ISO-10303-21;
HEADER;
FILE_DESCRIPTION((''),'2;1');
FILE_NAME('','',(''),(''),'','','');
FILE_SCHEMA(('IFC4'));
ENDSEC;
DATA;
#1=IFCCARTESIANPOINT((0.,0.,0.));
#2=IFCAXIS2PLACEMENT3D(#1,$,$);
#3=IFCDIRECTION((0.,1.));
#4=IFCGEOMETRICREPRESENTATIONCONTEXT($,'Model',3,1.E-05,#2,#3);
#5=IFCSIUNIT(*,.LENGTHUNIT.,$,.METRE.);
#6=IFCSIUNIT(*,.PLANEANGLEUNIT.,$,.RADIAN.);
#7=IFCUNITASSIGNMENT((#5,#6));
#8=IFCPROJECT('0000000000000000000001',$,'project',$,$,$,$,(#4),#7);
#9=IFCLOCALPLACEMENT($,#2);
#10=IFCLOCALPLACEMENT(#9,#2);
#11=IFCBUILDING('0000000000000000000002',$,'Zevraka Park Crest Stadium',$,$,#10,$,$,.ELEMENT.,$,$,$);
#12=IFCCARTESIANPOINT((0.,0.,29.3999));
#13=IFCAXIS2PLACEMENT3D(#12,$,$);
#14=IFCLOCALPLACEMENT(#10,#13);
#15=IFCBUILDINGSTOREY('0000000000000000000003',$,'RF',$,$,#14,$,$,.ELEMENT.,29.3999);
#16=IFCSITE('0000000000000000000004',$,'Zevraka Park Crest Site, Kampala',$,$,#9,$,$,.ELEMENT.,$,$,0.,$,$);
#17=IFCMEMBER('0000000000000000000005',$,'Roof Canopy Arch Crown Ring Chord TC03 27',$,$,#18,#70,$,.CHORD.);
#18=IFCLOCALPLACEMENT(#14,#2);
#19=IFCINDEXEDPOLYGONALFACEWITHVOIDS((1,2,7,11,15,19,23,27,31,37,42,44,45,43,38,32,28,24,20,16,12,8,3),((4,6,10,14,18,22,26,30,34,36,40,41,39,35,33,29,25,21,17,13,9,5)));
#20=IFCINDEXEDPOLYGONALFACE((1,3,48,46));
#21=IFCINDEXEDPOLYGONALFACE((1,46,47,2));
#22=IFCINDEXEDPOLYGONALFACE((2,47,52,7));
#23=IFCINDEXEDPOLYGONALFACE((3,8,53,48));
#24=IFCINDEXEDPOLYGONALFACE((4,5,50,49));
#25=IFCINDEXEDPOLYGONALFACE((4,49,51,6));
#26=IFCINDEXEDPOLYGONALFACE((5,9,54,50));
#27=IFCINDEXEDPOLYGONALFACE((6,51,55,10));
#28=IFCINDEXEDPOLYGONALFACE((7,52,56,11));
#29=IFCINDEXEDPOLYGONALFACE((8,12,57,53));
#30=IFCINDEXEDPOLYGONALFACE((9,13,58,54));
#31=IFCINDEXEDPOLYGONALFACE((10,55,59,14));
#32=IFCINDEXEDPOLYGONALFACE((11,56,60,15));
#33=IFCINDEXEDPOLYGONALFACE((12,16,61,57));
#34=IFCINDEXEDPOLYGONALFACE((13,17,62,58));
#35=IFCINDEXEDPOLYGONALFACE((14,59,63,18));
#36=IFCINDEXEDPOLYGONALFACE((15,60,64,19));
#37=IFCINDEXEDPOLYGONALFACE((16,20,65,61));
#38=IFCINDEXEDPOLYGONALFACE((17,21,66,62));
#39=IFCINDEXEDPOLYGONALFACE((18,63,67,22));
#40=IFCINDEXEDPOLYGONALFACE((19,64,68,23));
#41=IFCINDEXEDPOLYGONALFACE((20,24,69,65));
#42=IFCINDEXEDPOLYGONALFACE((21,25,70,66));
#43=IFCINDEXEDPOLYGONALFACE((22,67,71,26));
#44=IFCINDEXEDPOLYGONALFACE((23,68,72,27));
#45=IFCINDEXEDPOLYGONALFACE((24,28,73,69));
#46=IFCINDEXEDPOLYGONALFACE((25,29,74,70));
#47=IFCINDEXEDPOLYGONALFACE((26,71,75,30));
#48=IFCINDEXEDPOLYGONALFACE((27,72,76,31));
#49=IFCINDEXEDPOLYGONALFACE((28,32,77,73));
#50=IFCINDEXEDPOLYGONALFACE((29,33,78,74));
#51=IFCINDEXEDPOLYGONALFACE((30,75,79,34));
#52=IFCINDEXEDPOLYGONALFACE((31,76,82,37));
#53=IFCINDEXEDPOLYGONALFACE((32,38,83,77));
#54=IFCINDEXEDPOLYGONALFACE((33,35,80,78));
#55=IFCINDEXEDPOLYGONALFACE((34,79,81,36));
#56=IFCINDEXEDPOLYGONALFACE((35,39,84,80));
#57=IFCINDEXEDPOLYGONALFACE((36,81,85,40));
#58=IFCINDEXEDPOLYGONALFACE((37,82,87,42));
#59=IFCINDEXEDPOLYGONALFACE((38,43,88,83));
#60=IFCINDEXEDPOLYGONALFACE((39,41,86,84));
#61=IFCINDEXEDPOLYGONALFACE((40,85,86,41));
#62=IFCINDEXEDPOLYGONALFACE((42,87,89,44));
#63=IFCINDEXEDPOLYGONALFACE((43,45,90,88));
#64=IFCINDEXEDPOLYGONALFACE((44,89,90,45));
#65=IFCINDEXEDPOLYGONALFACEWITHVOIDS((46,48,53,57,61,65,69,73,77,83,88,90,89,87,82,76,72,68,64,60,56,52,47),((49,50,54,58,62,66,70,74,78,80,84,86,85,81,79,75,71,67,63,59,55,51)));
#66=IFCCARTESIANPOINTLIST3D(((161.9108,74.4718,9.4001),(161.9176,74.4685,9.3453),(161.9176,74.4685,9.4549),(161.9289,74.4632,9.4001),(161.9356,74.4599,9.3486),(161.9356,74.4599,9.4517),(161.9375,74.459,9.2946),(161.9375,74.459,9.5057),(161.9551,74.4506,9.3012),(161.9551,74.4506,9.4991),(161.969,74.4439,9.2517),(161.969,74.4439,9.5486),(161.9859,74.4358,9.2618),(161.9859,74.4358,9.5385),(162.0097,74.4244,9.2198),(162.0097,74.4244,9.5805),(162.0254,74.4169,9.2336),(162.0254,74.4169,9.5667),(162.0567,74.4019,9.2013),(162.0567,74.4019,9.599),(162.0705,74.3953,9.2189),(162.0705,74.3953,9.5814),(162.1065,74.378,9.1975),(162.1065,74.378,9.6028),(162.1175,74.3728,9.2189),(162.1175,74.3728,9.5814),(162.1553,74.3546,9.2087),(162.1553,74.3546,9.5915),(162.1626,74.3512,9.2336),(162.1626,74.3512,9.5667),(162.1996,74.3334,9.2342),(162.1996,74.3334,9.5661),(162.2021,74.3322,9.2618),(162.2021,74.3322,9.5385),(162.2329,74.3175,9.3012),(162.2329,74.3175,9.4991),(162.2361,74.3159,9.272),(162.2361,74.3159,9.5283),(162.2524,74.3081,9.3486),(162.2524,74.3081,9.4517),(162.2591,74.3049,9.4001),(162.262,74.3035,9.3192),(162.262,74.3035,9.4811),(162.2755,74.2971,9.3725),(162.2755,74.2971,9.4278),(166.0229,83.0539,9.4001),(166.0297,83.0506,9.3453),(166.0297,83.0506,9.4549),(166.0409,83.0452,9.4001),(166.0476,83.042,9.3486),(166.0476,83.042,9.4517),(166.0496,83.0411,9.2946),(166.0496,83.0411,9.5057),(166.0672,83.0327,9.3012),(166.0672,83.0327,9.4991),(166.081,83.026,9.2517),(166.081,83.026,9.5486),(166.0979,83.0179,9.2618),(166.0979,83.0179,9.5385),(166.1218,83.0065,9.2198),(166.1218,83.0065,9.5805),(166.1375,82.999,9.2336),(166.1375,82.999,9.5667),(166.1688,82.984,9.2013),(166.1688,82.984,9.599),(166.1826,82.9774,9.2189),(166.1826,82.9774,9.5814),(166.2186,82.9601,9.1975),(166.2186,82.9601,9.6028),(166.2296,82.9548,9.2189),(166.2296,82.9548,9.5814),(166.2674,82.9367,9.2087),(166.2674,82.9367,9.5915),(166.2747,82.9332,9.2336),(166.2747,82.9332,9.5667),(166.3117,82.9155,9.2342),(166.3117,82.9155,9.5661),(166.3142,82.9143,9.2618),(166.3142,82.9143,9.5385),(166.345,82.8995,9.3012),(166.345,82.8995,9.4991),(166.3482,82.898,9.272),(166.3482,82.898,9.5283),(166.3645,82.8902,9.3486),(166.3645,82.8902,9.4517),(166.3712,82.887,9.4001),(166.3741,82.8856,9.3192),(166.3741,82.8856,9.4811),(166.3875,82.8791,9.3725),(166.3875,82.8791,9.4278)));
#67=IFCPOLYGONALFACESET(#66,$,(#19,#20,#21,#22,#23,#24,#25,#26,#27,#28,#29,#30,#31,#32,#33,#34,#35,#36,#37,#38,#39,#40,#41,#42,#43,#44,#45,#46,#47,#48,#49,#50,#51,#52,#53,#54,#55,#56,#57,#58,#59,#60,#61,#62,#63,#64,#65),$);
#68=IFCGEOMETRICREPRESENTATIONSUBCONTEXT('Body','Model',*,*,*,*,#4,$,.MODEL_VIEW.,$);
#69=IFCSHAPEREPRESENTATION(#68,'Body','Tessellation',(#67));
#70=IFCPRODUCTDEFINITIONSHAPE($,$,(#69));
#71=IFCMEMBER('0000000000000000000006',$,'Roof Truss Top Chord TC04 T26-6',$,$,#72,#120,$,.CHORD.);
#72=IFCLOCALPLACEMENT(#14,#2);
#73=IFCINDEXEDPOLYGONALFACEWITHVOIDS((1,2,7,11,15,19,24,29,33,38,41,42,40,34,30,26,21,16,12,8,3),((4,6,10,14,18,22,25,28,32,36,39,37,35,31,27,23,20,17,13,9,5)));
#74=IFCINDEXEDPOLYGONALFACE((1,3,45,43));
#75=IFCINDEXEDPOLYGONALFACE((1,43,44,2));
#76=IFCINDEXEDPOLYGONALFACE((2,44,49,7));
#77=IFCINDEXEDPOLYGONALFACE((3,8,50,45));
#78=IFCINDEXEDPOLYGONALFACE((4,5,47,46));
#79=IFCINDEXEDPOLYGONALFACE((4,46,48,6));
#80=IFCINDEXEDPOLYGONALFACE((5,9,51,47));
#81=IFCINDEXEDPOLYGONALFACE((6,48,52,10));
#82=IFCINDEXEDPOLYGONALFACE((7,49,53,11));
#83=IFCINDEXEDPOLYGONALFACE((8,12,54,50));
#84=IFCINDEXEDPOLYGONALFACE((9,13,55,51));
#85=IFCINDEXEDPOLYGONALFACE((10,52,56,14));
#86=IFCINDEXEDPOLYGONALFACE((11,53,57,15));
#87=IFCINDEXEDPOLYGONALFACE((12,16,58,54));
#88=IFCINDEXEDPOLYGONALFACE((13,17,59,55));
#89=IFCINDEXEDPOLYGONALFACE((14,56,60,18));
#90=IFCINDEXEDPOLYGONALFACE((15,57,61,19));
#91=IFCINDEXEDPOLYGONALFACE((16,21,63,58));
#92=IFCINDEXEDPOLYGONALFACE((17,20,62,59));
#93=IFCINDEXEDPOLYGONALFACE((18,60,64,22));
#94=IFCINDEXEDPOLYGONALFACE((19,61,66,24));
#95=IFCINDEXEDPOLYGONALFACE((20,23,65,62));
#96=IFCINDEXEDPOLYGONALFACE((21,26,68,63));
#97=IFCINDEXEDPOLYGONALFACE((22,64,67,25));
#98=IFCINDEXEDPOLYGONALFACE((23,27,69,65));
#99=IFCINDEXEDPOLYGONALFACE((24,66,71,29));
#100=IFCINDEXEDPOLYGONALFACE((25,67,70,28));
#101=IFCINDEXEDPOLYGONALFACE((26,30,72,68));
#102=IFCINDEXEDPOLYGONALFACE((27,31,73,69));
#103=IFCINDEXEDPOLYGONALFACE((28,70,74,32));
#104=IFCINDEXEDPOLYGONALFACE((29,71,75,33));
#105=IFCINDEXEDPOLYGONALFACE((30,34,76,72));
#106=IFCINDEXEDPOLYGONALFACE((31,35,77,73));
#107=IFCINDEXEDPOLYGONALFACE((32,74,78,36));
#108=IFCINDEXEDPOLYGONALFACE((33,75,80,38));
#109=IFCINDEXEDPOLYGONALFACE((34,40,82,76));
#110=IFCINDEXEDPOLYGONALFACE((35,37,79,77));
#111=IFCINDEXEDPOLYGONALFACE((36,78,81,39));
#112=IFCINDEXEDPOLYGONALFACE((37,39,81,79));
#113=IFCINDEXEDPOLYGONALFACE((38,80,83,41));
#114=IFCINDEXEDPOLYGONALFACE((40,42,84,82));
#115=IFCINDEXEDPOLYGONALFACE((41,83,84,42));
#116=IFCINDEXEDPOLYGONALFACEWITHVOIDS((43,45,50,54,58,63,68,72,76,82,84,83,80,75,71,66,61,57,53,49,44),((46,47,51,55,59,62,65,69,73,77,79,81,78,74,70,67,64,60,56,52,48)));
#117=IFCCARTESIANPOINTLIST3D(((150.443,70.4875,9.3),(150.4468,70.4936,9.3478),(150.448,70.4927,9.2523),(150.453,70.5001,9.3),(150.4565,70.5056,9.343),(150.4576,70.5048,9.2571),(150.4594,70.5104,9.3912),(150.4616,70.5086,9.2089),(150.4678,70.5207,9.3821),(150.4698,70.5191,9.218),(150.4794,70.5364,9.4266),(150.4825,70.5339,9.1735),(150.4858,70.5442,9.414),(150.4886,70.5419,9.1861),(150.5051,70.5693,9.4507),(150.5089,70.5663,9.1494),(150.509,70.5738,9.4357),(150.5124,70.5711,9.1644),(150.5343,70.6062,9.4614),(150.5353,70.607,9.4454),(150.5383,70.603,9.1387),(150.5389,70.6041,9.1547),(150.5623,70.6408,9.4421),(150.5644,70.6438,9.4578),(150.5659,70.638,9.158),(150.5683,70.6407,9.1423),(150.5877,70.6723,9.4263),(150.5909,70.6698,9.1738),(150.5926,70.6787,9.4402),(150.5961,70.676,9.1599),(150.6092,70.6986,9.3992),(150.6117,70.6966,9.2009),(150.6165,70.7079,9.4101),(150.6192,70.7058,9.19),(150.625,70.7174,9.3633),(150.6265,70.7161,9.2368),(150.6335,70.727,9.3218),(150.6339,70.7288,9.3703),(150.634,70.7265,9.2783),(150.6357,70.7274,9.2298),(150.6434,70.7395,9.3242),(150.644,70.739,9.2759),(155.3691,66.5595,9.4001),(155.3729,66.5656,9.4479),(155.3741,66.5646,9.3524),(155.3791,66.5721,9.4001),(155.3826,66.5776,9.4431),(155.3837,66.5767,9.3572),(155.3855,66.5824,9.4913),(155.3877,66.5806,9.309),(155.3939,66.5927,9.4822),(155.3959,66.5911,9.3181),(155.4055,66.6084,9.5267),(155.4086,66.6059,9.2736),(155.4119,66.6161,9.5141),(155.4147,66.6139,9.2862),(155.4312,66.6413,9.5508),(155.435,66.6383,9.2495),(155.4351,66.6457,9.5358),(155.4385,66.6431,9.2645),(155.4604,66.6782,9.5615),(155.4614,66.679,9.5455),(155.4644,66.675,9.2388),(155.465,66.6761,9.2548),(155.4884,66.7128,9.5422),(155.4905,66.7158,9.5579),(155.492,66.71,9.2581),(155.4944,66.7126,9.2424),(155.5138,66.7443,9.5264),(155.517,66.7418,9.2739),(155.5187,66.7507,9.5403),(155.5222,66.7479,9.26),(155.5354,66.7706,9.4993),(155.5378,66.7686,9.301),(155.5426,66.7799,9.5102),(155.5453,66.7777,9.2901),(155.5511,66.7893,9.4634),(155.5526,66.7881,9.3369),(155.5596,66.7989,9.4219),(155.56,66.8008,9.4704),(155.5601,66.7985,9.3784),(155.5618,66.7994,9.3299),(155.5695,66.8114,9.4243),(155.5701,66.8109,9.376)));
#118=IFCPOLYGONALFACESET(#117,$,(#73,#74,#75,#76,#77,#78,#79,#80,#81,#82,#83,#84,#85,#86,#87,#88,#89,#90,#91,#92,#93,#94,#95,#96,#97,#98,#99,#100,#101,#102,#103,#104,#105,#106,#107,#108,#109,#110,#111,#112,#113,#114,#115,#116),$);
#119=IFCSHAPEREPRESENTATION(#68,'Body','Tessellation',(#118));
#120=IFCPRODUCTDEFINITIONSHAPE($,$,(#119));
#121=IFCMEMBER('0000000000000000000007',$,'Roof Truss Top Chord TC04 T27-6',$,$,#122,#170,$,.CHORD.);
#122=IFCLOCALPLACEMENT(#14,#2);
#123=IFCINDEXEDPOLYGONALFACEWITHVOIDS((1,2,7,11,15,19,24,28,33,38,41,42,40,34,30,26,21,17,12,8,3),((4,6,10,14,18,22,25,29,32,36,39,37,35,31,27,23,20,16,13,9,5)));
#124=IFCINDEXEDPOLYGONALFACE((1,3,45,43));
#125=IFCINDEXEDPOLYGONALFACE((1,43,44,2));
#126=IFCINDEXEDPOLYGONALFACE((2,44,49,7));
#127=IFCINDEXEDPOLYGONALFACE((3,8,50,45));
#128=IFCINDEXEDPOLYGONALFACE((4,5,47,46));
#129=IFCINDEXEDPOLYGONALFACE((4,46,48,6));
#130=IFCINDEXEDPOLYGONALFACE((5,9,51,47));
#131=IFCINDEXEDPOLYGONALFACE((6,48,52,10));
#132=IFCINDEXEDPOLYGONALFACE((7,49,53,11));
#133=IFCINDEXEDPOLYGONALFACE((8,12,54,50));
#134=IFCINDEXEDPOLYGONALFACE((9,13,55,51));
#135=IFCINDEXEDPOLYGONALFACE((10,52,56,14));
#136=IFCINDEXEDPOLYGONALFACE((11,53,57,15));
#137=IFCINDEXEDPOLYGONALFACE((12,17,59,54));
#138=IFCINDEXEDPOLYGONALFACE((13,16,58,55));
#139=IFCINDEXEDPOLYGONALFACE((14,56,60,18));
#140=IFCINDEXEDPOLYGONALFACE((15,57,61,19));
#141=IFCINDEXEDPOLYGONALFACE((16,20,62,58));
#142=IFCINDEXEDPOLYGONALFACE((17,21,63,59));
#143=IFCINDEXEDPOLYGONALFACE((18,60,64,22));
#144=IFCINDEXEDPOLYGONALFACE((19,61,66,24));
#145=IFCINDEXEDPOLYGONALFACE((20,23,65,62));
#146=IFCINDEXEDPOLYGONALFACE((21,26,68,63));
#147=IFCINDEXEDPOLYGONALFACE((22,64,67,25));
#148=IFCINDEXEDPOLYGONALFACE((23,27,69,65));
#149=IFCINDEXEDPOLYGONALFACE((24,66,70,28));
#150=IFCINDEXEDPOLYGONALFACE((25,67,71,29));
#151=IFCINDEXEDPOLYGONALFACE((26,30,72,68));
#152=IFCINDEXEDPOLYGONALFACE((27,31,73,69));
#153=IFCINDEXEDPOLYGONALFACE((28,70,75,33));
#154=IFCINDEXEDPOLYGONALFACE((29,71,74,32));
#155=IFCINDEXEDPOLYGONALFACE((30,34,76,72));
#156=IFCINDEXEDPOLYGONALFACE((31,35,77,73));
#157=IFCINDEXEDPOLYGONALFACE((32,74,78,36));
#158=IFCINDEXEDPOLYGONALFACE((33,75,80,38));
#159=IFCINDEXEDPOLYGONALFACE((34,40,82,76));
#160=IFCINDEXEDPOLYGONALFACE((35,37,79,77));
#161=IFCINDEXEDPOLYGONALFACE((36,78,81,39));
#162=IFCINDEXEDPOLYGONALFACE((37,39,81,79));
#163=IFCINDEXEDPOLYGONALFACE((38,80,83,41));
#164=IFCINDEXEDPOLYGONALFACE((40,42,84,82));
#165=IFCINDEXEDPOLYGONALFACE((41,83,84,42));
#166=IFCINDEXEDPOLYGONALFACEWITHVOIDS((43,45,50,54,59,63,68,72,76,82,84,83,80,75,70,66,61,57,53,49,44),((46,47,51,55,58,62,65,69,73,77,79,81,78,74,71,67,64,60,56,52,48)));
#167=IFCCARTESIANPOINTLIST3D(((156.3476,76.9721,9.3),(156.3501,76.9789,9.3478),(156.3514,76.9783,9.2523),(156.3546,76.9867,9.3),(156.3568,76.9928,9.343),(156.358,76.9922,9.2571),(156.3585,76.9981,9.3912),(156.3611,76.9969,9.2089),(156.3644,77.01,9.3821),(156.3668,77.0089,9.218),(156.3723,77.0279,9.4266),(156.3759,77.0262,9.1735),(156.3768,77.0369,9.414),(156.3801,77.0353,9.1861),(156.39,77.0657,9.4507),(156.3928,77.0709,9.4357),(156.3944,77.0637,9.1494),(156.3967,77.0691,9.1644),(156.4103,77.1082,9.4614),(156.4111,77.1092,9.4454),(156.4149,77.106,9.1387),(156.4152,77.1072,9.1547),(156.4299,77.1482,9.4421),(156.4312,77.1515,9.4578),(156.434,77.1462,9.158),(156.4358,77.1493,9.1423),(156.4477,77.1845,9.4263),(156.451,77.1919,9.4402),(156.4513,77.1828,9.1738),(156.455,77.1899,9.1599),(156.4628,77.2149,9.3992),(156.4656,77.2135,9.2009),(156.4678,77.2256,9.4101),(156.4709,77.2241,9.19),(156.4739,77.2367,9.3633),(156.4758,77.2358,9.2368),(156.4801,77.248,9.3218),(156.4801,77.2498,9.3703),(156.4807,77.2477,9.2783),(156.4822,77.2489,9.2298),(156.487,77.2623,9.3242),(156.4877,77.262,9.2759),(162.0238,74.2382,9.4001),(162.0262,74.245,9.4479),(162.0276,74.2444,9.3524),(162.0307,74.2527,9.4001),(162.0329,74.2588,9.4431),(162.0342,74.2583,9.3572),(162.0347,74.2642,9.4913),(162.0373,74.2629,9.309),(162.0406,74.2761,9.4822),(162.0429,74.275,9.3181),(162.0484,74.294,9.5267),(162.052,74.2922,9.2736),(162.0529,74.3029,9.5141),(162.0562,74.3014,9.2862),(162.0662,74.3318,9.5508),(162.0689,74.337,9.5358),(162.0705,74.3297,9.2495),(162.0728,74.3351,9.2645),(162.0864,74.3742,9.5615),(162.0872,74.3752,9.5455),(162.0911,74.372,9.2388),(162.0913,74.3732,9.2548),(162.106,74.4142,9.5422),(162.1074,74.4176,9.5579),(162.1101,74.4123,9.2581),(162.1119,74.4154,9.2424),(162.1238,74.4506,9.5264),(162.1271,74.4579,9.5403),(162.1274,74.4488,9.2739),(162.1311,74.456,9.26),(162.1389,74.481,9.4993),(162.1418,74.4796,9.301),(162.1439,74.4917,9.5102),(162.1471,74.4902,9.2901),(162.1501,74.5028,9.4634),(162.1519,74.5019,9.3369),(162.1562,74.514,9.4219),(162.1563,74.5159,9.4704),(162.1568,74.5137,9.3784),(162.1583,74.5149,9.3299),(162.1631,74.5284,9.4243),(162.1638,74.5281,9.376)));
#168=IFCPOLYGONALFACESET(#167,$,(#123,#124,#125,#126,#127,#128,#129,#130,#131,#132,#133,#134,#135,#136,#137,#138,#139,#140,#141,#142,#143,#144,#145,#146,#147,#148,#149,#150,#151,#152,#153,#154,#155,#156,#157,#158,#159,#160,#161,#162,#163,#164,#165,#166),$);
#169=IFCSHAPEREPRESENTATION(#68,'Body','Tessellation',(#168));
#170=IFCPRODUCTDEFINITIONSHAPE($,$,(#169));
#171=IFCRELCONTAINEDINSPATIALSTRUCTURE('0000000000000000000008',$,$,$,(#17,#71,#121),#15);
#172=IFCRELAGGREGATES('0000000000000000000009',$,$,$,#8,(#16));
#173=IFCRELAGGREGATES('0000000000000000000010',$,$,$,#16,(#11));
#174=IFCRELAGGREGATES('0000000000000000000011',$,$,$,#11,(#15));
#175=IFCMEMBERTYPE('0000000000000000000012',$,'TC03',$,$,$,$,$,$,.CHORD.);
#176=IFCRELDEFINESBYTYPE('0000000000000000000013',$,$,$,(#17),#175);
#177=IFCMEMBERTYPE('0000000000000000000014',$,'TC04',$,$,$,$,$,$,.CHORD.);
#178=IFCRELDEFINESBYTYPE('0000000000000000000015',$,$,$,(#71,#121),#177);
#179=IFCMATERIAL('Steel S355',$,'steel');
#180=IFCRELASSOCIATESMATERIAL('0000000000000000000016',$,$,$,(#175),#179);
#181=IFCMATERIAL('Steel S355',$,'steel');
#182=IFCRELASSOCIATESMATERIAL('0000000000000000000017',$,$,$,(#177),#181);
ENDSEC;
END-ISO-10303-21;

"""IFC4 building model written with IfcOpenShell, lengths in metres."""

from ifc_helpers import new_model, si_unit, direction, frame, origin, origin_2d, place, context, subcontext, project, spatial, hollow_circle, extrude, material, material_profile, profile_set, type_object, element, save


model = new_model("IFC4")

# Units and contexts
model_context = context("Model", 3, precision=1e-05, world=origin(), true_north=direction((0.0, 1.0)))
body_context = subcontext(model_context, "Body", "Model", "MODEL_VIEW")
ifc_project = project(units=[si_unit("LENGTHUNIT", "METRE"), si_unit("PLANEANGLEUNIT", "RADIAN")], contexts=[model_context])

# Site, building, storey
site_placement = place(None, origin())
site = spatial("IfcSite", under=ifc_project, at=site_placement, Name="Zevraka Park Crest Site, Kampala", CompositionType="ELEMENT", RefElevation=0.0)
building_placement = place(site_placement, origin())
building = spatial("IfcBuilding", under=site, at=building_placement, Name="Zevraka Park Crest Stadium", CompositionType="ELEMENT")
storey_placement = place(building_placement, frame((0.0, 0.0, 29.3999)))
storey = spatial("IfcBuildingStorey", under=building, at=storey_placement, Name="RF", CompositionType="ELEMENT", Elevation=29.3999)

# Members
ifc_material_1 = material(Name="Steel S355", Category="steel")
ifc_material_profile_1 = material_profile(ifc_material_1, hollow_circle(Radius=0.2031, WallThickness=0.02, at=origin_2d()), Name="CHS 406.4x20")
ifc_profile_set_1 = profile_set([ifc_material_profile_1], Name="Steel S355")
member_type_1 = type_object("IfcMemberType", Name="TC03", PredefinedType="CHORD", material=ifc_profile_set_1)
member_1_placement = place(storey_placement, frame((162.094, 74.384, 9.4001), z_axis=(0.432106, 0.901823, 0.0), x_axis=(-0.901823, 0.432106, 0.0)))
element("IfcMember", 1, at=member_1_placement, inside=storey, type_object=member_type_1, Name="Roof Canopy Arch Crown Ring Chord TC03 27", PredefinedType="CHORD", context=body_context, shape_type="SweptSolid", body=[
    extrude(hollow_circle(Radius=0.2031, WallThickness=0.02, at=origin_2d()), origin(), (0.0, 0.0, 1.0), 9.5164),
])
ifc_material_2 = material(Name="Steel S355", Category="steel")
ifc_material_profile_2 = material_profile(ifc_material_2, hollow_circle(Radius=0.1619, WallThickness=0.0161, at=origin_2d()), Name="CHS 323.9x16")
ifc_profile_set_2 = profile_set([ifc_material_profile_2], Name="Steel S355")
member_type_2 = type_object("IfcMemberType", Name="TC04", PredefinedType="CHORD", material=ifc_profile_set_2)
member_2_placement = place(storey_placement, frame((155.47, 66.686, 9.4001), z_axis=(-0.781763, 0.623373, -0.015886), x_axis=(-0.623451, -0.781862, 0.0)))
element("IfcMember", 2, at=member_2_placement, inside=storey, type_object=member_type_2, Name="Roof Truss Top Chord TC04 T26-6", PredefinedType="CHORD", context=body_context, shape_type="SweptSolid", body=[
    extrude(hollow_circle(Radius=0.1619, WallThickness=0.0161, at=origin_2d()), origin(), (0.0, 0.0, 1.0), 6.3013),
])
member_3_placement = place(storey_placement, frame((162.094, 74.384, 9.4001), z_axis=(-0.900827, 0.433888, -0.015886), x_axis=(-0.433943, -0.900941, 0.0)))
element("IfcMember", 3, at=member_3_placement, inside=storey, type_object=member_type_2, Name="Roof Truss Top Chord TC04 T27-6", PredefinedType="CHORD", context=body_context, shape_type="SweptSolid", body=[
    extrude(hollow_circle(Radius=0.1619, WallThickness=0.0161, at=origin_2d()), origin(), (0.0, 0.0, 1.0), 6.301),
])

save(model, "model.ifc")
